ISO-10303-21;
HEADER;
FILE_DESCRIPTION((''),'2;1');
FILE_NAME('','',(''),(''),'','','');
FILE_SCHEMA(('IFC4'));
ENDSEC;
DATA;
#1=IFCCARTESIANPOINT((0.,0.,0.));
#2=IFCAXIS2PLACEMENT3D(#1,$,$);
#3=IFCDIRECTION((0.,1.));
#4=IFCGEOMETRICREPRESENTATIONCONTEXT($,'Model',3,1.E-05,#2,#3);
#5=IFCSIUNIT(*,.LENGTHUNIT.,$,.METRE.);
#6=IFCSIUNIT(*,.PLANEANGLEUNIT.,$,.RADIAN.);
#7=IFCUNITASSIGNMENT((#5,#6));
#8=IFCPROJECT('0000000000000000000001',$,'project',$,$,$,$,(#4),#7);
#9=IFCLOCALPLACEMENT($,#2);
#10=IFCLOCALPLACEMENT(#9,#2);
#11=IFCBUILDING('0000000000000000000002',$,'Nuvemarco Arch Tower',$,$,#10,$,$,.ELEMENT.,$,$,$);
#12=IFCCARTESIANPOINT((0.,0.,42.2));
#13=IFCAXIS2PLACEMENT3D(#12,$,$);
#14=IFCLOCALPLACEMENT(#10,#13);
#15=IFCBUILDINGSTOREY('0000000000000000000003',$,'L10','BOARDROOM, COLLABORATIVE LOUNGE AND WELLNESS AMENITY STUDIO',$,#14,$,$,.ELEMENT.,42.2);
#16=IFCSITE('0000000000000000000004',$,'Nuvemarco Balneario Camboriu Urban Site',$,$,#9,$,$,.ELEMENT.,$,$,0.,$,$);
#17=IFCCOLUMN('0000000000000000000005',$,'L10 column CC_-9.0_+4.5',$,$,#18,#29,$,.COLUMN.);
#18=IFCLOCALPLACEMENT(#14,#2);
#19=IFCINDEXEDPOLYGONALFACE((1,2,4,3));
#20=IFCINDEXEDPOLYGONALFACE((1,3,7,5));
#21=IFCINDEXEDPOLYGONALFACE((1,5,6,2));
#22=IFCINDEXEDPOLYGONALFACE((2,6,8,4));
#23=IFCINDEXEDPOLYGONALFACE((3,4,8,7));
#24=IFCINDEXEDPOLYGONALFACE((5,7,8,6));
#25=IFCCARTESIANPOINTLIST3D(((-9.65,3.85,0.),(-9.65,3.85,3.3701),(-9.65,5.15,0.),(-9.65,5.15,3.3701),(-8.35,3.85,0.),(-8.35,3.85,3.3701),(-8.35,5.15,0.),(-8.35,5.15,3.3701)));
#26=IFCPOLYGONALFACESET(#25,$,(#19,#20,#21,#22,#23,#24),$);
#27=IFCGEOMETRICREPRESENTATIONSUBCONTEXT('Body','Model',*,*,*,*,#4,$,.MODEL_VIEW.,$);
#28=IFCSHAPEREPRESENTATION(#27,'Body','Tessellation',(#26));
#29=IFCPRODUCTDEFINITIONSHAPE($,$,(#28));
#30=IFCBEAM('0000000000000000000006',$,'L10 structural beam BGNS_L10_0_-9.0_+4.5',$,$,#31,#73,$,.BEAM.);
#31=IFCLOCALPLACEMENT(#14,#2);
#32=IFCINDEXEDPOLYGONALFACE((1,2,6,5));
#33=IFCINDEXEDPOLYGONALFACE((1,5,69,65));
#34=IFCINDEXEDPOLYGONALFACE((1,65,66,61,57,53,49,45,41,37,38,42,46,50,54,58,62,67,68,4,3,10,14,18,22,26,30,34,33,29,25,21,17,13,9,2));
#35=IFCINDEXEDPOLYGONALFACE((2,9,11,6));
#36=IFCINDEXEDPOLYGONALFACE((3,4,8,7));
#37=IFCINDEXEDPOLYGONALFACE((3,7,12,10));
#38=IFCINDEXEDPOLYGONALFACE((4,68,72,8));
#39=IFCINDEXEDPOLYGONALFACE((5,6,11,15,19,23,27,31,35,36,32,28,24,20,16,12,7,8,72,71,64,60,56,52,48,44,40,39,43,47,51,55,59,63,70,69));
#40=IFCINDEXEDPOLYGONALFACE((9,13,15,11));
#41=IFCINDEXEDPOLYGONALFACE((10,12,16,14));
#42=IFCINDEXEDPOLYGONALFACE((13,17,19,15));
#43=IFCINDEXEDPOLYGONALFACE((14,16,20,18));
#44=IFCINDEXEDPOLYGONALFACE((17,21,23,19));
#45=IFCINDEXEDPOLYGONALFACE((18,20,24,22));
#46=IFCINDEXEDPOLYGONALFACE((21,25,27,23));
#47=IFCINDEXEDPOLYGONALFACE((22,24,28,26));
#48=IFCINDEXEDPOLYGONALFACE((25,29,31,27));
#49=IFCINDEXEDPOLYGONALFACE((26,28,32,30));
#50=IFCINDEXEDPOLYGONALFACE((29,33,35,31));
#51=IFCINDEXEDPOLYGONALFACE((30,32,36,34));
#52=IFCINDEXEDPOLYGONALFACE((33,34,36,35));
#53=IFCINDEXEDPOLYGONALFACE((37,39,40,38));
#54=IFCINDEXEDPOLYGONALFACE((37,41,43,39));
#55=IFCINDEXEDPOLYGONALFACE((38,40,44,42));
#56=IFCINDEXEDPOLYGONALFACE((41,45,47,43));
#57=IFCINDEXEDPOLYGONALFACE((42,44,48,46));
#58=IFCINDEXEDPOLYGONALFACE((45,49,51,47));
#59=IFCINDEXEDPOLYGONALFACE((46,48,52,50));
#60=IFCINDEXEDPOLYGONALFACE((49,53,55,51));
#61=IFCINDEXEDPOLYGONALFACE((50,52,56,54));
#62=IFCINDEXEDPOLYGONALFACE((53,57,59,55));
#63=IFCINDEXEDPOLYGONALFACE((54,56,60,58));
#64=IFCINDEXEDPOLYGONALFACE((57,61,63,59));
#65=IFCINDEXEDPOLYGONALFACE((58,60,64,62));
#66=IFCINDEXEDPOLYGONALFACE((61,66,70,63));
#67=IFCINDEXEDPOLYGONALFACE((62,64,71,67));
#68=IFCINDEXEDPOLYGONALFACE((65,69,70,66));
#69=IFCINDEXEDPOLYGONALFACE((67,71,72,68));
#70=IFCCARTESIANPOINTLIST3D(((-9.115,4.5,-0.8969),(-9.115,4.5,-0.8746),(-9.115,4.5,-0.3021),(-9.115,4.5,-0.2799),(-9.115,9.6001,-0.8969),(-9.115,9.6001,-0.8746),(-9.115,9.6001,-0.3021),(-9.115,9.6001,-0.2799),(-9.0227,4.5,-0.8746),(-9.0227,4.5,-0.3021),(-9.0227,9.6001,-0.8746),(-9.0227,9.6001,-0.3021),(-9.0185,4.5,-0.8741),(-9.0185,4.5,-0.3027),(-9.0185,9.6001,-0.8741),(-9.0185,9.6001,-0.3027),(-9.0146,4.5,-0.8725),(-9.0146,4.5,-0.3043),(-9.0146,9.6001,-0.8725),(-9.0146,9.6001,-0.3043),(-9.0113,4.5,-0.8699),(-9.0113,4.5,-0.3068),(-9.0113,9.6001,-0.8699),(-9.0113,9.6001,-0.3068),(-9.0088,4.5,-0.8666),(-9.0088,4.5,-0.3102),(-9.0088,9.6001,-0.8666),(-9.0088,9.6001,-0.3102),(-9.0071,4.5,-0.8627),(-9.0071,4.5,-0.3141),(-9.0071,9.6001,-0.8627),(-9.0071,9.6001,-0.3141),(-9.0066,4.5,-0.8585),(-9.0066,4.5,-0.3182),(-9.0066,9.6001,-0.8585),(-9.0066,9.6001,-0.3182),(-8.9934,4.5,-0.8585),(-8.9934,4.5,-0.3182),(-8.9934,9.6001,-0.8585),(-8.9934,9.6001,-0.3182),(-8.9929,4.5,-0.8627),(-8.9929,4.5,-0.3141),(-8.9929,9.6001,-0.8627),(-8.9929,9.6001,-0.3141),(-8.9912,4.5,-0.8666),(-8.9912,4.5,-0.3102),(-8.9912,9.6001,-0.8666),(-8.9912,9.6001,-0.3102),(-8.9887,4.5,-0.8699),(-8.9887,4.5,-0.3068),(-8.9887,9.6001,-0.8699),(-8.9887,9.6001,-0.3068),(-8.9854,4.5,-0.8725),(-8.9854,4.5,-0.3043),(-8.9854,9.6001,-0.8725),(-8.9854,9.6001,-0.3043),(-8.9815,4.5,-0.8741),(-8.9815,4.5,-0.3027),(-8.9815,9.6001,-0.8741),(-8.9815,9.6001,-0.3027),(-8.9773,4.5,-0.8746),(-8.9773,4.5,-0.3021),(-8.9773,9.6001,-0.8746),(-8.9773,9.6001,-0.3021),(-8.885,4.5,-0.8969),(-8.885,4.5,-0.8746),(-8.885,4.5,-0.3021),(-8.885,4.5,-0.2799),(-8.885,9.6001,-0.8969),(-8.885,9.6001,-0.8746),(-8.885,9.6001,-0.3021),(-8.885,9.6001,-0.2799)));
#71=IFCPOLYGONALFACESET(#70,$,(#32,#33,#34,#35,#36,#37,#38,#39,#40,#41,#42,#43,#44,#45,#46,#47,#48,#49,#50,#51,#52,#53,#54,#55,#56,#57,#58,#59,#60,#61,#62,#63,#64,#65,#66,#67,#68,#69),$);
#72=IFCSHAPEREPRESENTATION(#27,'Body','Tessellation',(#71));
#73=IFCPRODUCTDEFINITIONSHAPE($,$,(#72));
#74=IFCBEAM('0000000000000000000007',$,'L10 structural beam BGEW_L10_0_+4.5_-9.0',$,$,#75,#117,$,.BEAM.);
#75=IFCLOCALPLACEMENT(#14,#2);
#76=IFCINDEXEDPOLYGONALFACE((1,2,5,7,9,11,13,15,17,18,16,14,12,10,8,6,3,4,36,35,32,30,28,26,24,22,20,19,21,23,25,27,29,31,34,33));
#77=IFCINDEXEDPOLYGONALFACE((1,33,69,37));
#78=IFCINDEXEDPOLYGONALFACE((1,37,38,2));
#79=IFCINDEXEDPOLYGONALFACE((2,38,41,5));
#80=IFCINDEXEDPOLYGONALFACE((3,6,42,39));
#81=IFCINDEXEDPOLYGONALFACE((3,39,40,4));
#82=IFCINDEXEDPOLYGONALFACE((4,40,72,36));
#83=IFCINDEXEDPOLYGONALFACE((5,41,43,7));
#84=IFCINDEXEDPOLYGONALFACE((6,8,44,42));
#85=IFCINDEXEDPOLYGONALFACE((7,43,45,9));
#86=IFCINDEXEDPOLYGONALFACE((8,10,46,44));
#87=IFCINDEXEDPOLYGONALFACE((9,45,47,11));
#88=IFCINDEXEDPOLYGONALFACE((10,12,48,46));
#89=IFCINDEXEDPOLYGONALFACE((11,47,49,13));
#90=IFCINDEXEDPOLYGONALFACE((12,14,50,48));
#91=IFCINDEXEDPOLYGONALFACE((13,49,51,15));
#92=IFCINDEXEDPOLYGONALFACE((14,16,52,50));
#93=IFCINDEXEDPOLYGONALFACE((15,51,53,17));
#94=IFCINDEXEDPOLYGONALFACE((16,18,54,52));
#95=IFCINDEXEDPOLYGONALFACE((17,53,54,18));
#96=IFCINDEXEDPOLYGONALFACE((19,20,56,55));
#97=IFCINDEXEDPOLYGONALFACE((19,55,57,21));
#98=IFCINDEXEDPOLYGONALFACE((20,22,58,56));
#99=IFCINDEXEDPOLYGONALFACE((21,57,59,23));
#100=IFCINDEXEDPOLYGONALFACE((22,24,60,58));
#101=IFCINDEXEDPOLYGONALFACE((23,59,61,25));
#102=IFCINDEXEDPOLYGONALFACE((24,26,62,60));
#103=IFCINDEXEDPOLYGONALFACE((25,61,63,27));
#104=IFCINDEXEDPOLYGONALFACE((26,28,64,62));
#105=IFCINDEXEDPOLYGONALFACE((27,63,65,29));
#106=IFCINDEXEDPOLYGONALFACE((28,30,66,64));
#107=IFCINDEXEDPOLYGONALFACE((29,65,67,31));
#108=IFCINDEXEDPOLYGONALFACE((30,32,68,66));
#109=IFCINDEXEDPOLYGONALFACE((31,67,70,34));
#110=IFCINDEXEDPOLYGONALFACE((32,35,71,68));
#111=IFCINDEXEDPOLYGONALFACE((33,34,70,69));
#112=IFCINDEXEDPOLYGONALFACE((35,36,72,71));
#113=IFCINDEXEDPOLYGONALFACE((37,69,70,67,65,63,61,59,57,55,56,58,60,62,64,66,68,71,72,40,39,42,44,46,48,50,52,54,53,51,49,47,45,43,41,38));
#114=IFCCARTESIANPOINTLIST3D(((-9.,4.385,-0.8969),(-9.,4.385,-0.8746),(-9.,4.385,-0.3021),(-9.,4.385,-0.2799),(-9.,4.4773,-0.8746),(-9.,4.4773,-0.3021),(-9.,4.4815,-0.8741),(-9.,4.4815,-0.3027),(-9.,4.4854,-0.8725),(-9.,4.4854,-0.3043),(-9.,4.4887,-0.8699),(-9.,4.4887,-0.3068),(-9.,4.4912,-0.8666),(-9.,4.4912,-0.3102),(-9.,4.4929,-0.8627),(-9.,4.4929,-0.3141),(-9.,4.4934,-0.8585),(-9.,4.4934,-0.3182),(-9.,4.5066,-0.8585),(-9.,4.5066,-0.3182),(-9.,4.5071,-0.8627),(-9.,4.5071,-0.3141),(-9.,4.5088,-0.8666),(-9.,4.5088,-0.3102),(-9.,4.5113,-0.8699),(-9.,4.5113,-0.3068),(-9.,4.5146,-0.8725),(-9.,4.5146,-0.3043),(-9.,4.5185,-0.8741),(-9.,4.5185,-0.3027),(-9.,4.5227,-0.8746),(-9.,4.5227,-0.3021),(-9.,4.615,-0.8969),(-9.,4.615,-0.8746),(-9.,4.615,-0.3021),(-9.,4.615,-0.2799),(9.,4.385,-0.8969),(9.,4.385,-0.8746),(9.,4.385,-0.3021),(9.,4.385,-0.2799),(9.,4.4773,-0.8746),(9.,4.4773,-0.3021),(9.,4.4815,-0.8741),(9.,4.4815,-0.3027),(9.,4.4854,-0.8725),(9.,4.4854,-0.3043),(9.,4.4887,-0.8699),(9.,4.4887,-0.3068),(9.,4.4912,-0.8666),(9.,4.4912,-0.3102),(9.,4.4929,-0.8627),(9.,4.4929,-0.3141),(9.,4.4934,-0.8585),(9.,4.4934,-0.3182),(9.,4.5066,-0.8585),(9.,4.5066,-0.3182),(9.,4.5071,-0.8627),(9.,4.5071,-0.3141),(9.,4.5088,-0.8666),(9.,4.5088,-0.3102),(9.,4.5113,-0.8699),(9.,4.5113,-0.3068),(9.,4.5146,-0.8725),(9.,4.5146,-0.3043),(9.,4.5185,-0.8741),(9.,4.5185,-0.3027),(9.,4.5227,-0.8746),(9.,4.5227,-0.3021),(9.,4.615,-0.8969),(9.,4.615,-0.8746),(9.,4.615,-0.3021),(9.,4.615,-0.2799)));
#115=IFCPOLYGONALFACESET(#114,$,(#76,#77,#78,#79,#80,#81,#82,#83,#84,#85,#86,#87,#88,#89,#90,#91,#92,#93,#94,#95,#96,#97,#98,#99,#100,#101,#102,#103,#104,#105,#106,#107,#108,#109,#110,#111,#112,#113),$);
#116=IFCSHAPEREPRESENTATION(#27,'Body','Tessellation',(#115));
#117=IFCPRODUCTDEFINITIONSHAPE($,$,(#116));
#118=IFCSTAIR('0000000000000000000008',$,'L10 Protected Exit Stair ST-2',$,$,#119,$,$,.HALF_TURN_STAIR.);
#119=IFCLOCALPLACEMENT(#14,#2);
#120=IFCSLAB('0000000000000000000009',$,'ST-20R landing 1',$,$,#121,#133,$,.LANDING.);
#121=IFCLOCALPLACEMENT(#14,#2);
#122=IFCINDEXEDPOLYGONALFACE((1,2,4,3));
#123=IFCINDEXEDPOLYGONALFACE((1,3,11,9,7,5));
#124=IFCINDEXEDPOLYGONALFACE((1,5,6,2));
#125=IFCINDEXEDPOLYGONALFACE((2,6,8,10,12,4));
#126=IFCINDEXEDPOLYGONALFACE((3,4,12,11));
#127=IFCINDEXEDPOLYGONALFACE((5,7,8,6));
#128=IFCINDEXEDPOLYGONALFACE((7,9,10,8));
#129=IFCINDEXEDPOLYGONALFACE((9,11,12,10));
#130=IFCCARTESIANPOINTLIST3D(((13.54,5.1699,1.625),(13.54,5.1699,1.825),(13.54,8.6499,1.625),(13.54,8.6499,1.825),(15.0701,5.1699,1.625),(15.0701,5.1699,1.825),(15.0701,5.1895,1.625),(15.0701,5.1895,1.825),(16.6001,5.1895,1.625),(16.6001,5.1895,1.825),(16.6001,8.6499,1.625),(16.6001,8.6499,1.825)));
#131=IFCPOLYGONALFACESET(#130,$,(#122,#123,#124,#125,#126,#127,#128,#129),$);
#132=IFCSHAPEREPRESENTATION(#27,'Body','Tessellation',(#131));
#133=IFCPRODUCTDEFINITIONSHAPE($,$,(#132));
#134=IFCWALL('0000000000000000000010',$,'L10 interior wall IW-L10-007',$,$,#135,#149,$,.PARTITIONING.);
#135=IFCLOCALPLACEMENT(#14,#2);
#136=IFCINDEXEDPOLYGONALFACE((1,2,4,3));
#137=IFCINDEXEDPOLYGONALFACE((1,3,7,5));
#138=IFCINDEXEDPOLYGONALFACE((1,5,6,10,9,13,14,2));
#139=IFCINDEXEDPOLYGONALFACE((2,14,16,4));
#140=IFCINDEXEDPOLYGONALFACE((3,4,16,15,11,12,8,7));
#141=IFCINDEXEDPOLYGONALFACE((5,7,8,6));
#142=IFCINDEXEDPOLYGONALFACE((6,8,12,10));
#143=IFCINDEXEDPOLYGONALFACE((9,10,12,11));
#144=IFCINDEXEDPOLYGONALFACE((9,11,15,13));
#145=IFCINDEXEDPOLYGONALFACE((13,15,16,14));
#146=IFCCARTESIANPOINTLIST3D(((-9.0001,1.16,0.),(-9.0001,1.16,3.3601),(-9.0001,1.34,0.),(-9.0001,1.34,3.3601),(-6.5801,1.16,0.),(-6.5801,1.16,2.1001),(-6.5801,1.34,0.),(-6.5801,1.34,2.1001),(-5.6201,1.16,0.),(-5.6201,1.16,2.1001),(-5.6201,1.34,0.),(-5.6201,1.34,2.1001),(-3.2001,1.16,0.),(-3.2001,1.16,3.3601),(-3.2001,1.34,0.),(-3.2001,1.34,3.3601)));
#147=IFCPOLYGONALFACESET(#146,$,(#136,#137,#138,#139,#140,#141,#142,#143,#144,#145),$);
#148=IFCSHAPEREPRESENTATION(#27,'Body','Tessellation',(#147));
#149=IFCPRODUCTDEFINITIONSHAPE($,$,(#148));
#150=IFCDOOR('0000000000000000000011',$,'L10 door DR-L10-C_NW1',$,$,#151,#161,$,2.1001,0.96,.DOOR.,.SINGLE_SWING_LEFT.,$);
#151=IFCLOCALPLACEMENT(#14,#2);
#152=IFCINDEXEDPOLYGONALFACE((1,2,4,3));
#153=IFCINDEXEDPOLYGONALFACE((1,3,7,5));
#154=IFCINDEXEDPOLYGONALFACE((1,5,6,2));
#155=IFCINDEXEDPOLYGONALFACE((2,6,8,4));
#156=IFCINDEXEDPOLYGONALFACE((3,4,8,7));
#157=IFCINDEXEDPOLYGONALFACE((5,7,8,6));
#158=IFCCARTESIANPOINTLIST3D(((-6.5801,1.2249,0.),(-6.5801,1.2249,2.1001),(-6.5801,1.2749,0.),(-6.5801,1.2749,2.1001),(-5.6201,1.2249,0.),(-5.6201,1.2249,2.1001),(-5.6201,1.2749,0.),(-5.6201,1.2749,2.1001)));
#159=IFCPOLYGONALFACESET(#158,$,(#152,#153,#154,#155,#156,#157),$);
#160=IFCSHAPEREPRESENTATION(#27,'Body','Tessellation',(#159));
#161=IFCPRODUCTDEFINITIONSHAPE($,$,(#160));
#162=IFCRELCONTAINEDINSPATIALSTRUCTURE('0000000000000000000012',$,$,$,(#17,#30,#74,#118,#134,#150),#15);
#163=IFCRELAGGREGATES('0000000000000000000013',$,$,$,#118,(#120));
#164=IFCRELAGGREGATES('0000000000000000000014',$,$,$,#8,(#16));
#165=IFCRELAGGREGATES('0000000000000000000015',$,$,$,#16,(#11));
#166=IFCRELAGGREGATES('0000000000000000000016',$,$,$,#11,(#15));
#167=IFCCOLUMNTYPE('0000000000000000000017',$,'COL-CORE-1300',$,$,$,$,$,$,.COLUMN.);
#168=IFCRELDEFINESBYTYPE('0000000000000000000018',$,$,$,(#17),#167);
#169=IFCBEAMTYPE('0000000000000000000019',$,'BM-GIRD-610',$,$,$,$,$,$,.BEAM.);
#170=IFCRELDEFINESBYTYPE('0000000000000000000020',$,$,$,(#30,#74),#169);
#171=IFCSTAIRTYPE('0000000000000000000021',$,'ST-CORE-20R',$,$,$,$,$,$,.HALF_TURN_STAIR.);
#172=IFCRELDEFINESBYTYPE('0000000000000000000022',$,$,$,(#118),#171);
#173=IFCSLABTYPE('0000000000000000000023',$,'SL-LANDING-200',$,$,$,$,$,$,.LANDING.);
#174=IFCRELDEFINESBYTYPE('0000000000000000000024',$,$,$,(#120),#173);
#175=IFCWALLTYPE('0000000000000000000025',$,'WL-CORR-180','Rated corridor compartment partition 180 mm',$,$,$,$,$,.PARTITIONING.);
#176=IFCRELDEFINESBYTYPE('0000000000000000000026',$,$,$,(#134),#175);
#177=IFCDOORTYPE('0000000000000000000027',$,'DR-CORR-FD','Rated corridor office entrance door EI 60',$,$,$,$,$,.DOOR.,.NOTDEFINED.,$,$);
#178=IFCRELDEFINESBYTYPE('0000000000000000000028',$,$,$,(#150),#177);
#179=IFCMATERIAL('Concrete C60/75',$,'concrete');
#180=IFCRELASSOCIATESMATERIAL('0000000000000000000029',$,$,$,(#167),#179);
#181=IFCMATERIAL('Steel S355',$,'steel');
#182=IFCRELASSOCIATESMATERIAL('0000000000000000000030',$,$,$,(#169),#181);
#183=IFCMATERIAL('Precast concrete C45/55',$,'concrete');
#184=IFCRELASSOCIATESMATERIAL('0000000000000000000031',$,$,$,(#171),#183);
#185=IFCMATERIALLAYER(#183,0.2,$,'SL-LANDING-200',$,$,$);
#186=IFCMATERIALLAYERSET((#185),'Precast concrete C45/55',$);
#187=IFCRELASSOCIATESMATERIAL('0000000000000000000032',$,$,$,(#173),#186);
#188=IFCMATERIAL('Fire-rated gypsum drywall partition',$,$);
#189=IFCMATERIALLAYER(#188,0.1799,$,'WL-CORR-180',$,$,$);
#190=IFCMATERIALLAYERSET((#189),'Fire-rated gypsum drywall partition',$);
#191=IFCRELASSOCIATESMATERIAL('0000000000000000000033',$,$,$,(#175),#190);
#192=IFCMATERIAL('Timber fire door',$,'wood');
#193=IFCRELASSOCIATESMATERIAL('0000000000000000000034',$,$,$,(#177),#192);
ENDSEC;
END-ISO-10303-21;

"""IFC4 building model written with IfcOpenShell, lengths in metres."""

from ifc_helpers import new_model, si_unit, direction, frame, frame_2d, origin, origin_2d, place, context, subcontext, project, spatial, polyline, rectangle, i_section, outline, extrude, source, transform, mapped, material, layer, layer_set, material_profile, profile_set, type_object, type_shapes, element, fill, aggregate, save


model = new_model("IFC4")

# Units and contexts
model_context = context("Model", 3, precision=1e-05, world=origin(), true_north=direction((0.0, 1.0)))
body_context = subcontext(model_context, "Body", "Model", "MODEL_VIEW")
ifc_project = project(units=[si_unit("LENGTHUNIT", "METRE"), si_unit("PLANEANGLEUNIT", "RADIAN")], contexts=[model_context])

# Site, building, storey
site_placement = place(None, origin())
site = spatial("IfcSite", under=ifc_project, at=site_placement, Name="Nuvemarco Balneario Camboriu Urban Site", CompositionType="ELEMENT", RefElevation=0.0)
building_placement = place(site_placement, origin())
building = spatial("IfcBuilding", under=site, at=building_placement, Name="Nuvemarco Arch Tower", CompositionType="ELEMENT")
storey_placement = place(building_placement, frame((0.0, 0.0, 42.2)))
storey = spatial("IfcBuildingStorey", under=building, at=storey_placement, Name="L10", Description="BOARDROOM, COLLABORATIVE LOUNGE AND WELLNESS AMENITY STUDIO", CompositionType="ELEMENT", Elevation=42.2)

# Column
ifc_material_1 = material(Name="Concrete C60/75", Category="concrete")
ifc_material_profile_1 = material_profile(ifc_material_1, rectangle(XDim=1.3, YDim=1.3, at=origin_2d()), Name="RC-COL-1300x1300")
ifc_profile_set_1 = profile_set([ifc_material_profile_1], Name="Concrete C60/75")
column_type = type_object("IfcColumnType", Name="COL-CORE-1300", PredefinedType="COLUMN", material=ifc_profile_set_1)
column_placement = place(storey_placement, frame((-9.0, 4.5, 0.0), z_axis=(0.0, 0.0, 1.0), x_axis=(1.0, 0.0, 0.0)))
element("IfcColumn", 1, at=column_placement, inside=storey, type_object=column_type, Name="L10 column CC_-9.0_+4.5", PredefinedType="COLUMN", context=body_context, shape_type="SweptSolid", body=[
    extrude(rectangle(XDim=1.3, YDim=1.3, at=origin_2d()), origin(), (0.0, 0.0, 1.0), 3.3701),
])

# Beams
ifc_material_2 = material(Name="Steel S355", Category="steel")
ifc_material_profile_2 = material_profile(ifc_material_2, i_section(OverallWidth=0.23, OverallDepth=0.6169, WebThickness=0.0132, FlangeThickness=0.0222, FilletRadius=0.0161, at=origin_2d()), Name="W610x140")
ifc_profile_set_2 = profile_set([ifc_material_profile_2], Name="Steel S355")
beam_type = type_object("IfcBeamType", Name="BM-GIRD-610", PredefinedType="BEAM", material=ifc_profile_set_2)
beam_1_placement = place(storey_placement, frame((-9.0, 4.5, -0.5884), z_axis=(0.0, 1.0, 0.0), x_axis=(-1.0, 0.0, 0.0)))
element("IfcBeam", 2, at=beam_1_placement, inside=storey, type_object=beam_type, Name="L10 structural beam BGNS_L10_0_-9.0_+4.5", PredefinedType="BEAM", context=body_context, shape_type="SweptSolid", body=[
    extrude(i_section(OverallWidth=0.23, OverallDepth=0.6169, WebThickness=0.0132, FlangeThickness=0.0222, FilletRadius=0.0161, at=origin_2d()), origin(), (0.0, 0.0, 1.0), 5.1001),
])
beam_2_placement = place(storey_placement, frame((-9.0, 4.5, -0.5884), z_axis=(1.0, 0.0, 0.0), x_axis=(0.0, 1.0, 0.0)))
element("IfcBeam", 3, at=beam_2_placement, inside=storey, type_object=beam_type, Name="L10 structural beam BGEW_L10_0_+4.5_-9.0", PredefinedType="BEAM", context=body_context, shape_type="SweptSolid", body=[
    extrude(i_section(OverallWidth=0.23, OverallDepth=0.6169, WebThickness=0.0132, FlangeThickness=0.0222, FilletRadius=0.0161, at=origin_2d()), origin(), (0.0, 0.0, 1.0), 18.0),
])

# Stair, slab
ifc_material_3 = material(Name="Precast concrete C45/55", Category="concrete")
stair_type = type_object("IfcStairType", Name="ST-CORE-20R", PredefinedType="HALF_TURN_STAIR", material=ifc_material_3)
stair_1_placement = place(storey_placement, origin())
stair_1 = element("IfcStair", 4, at=stair_1_placement, inside=storey, type_object=stair_type, Name="L10 Protected Exit Stair ST-2", PredefinedType="HALF_TURN_STAIR")
ifc_layer_1 = layer(ifc_material_3, 0.2, Name="SL-LANDING-200")
ifc_layer_set_1 = layer_set([ifc_layer_1], Name="Precast concrete C45/55")
slab_type = type_object("IfcSlabType", Name="SL-LANDING-200", PredefinedType="LANDING", material=ifc_layer_set_1)
slab_placement = place(storey_placement, frame((0.0, 0.0, 1.625)))
slab = element("IfcSlab", 5, at=slab_placement, type_object=slab_type, Name="ST-20R landing 1", PredefinedType="LANDING", context=body_context, shape_type="SweptSolid", body=[
    extrude(outline(polyline([(16.6001, 5.1895), (16.6001, 8.6499), (13.54, 8.6499), (13.54, 5.1699), (15.0701, 5.1699), (15.0701, 5.1895), (16.6001, 5.1895)])), origin(), (0.0, 0.0, 1.0), 0.2),
])
aggregate(stair_1, [slab])

# Wall, opening, door
ifc_material_4 = material(Name="Fire-rated gypsum drywall partition")
ifc_layer_2 = layer(ifc_material_4, 0.1799, Name="WL-CORR-180")
ifc_layer_set_2 = layer_set([ifc_layer_2], Name="Fire-rated gypsum drywall partition")
wall_type_1 = type_object("IfcWallType", Name="WL-CORR-180", Description="Rated corridor compartment partition 180 mm", PredefinedType="PARTITIONING", material=ifc_layer_set_2)
wall_1_placement = place(storey_placement, frame((-9.0, 1.25, 0.0), z_axis=(0.0, 0.0, 1.0), x_axis=(1.0, 0.0, 0.0)))
wall_1 = element("IfcWall", 6, at=wall_1_placement, inside=storey, type_object=wall_type_1, Name="L10 interior wall IW-L10-007", PredefinedType="PARTITIONING", context=body_context, shape_type="SweptSolid", body=[
    extrude(rectangle(XDim=5.8, YDim=0.1799, at=frame_2d((2.8999, 0.0))), origin(), (0.0, 0.0, 1.0), 3.3601),
])
opening_1_placement = place(wall_1_placement, frame((2.4199, 0.0, 0.0)))
opening_1 = element("IfcOpeningElement", 7, at=opening_1_placement, cuts=wall_1, PredefinedType="OPENING", context=body_context, shape_type="SweptSolid", body=[
    extrude(rectangle(XDim=0.96, YDim=2.1001, at=frame_2d((0.48, 1.05))), frame((0.0, 0.0999, 0.0), z_axis=(0.0, -1.0, 0.0), x_axis=(1.0, 0.0, 0.0)), (0.0, 0.0, 1.0), 0.2),
])
ifc_material_5 = material(Name="Timber fire door", Category="wood")
door_type_1 = type_object("IfcDoorType", Name="DR-CORR-FD", Description="Rated corridor office entrance door EI 60", OperationType="NOTDEFINED", PredefinedType="DOOR", material=ifc_material_5)
shared_shape_1 = source(origin(), body_context, "Body", "SweptSolid", [
    extrude(rectangle(XDim=0.96, YDim=2.1001, at=frame_2d((0.48, 1.05))), frame((0.0, 0.0249, 0.0), z_axis=(0.0, -1.0, 0.0), x_axis=(1.0, 0.0, 0.0)), (0.0, 0.0, 1.0), 0.05),
])
type_shapes(door_type_1, [shared_shape_1])
door_1_placement = place(opening_1_placement, origin())
door_1 = element("IfcDoor", 8, at=door_1_placement, inside=storey, type_object=door_type_1, Name="L10 door DR-L10-C_NW1", OperationType="SINGLE_SWING_LEFT", OverallHeight=2.1001, OverallWidth=0.96, PredefinedType="DOOR", context=body_context, shape_type="MappedRepresentation", body=[
    mapped(shared_shape_1, transform((0.0, 0.0, 0.0), scale=1.0)),
])
fill(opening_1, door_1)

save(model, "model.ifc")
